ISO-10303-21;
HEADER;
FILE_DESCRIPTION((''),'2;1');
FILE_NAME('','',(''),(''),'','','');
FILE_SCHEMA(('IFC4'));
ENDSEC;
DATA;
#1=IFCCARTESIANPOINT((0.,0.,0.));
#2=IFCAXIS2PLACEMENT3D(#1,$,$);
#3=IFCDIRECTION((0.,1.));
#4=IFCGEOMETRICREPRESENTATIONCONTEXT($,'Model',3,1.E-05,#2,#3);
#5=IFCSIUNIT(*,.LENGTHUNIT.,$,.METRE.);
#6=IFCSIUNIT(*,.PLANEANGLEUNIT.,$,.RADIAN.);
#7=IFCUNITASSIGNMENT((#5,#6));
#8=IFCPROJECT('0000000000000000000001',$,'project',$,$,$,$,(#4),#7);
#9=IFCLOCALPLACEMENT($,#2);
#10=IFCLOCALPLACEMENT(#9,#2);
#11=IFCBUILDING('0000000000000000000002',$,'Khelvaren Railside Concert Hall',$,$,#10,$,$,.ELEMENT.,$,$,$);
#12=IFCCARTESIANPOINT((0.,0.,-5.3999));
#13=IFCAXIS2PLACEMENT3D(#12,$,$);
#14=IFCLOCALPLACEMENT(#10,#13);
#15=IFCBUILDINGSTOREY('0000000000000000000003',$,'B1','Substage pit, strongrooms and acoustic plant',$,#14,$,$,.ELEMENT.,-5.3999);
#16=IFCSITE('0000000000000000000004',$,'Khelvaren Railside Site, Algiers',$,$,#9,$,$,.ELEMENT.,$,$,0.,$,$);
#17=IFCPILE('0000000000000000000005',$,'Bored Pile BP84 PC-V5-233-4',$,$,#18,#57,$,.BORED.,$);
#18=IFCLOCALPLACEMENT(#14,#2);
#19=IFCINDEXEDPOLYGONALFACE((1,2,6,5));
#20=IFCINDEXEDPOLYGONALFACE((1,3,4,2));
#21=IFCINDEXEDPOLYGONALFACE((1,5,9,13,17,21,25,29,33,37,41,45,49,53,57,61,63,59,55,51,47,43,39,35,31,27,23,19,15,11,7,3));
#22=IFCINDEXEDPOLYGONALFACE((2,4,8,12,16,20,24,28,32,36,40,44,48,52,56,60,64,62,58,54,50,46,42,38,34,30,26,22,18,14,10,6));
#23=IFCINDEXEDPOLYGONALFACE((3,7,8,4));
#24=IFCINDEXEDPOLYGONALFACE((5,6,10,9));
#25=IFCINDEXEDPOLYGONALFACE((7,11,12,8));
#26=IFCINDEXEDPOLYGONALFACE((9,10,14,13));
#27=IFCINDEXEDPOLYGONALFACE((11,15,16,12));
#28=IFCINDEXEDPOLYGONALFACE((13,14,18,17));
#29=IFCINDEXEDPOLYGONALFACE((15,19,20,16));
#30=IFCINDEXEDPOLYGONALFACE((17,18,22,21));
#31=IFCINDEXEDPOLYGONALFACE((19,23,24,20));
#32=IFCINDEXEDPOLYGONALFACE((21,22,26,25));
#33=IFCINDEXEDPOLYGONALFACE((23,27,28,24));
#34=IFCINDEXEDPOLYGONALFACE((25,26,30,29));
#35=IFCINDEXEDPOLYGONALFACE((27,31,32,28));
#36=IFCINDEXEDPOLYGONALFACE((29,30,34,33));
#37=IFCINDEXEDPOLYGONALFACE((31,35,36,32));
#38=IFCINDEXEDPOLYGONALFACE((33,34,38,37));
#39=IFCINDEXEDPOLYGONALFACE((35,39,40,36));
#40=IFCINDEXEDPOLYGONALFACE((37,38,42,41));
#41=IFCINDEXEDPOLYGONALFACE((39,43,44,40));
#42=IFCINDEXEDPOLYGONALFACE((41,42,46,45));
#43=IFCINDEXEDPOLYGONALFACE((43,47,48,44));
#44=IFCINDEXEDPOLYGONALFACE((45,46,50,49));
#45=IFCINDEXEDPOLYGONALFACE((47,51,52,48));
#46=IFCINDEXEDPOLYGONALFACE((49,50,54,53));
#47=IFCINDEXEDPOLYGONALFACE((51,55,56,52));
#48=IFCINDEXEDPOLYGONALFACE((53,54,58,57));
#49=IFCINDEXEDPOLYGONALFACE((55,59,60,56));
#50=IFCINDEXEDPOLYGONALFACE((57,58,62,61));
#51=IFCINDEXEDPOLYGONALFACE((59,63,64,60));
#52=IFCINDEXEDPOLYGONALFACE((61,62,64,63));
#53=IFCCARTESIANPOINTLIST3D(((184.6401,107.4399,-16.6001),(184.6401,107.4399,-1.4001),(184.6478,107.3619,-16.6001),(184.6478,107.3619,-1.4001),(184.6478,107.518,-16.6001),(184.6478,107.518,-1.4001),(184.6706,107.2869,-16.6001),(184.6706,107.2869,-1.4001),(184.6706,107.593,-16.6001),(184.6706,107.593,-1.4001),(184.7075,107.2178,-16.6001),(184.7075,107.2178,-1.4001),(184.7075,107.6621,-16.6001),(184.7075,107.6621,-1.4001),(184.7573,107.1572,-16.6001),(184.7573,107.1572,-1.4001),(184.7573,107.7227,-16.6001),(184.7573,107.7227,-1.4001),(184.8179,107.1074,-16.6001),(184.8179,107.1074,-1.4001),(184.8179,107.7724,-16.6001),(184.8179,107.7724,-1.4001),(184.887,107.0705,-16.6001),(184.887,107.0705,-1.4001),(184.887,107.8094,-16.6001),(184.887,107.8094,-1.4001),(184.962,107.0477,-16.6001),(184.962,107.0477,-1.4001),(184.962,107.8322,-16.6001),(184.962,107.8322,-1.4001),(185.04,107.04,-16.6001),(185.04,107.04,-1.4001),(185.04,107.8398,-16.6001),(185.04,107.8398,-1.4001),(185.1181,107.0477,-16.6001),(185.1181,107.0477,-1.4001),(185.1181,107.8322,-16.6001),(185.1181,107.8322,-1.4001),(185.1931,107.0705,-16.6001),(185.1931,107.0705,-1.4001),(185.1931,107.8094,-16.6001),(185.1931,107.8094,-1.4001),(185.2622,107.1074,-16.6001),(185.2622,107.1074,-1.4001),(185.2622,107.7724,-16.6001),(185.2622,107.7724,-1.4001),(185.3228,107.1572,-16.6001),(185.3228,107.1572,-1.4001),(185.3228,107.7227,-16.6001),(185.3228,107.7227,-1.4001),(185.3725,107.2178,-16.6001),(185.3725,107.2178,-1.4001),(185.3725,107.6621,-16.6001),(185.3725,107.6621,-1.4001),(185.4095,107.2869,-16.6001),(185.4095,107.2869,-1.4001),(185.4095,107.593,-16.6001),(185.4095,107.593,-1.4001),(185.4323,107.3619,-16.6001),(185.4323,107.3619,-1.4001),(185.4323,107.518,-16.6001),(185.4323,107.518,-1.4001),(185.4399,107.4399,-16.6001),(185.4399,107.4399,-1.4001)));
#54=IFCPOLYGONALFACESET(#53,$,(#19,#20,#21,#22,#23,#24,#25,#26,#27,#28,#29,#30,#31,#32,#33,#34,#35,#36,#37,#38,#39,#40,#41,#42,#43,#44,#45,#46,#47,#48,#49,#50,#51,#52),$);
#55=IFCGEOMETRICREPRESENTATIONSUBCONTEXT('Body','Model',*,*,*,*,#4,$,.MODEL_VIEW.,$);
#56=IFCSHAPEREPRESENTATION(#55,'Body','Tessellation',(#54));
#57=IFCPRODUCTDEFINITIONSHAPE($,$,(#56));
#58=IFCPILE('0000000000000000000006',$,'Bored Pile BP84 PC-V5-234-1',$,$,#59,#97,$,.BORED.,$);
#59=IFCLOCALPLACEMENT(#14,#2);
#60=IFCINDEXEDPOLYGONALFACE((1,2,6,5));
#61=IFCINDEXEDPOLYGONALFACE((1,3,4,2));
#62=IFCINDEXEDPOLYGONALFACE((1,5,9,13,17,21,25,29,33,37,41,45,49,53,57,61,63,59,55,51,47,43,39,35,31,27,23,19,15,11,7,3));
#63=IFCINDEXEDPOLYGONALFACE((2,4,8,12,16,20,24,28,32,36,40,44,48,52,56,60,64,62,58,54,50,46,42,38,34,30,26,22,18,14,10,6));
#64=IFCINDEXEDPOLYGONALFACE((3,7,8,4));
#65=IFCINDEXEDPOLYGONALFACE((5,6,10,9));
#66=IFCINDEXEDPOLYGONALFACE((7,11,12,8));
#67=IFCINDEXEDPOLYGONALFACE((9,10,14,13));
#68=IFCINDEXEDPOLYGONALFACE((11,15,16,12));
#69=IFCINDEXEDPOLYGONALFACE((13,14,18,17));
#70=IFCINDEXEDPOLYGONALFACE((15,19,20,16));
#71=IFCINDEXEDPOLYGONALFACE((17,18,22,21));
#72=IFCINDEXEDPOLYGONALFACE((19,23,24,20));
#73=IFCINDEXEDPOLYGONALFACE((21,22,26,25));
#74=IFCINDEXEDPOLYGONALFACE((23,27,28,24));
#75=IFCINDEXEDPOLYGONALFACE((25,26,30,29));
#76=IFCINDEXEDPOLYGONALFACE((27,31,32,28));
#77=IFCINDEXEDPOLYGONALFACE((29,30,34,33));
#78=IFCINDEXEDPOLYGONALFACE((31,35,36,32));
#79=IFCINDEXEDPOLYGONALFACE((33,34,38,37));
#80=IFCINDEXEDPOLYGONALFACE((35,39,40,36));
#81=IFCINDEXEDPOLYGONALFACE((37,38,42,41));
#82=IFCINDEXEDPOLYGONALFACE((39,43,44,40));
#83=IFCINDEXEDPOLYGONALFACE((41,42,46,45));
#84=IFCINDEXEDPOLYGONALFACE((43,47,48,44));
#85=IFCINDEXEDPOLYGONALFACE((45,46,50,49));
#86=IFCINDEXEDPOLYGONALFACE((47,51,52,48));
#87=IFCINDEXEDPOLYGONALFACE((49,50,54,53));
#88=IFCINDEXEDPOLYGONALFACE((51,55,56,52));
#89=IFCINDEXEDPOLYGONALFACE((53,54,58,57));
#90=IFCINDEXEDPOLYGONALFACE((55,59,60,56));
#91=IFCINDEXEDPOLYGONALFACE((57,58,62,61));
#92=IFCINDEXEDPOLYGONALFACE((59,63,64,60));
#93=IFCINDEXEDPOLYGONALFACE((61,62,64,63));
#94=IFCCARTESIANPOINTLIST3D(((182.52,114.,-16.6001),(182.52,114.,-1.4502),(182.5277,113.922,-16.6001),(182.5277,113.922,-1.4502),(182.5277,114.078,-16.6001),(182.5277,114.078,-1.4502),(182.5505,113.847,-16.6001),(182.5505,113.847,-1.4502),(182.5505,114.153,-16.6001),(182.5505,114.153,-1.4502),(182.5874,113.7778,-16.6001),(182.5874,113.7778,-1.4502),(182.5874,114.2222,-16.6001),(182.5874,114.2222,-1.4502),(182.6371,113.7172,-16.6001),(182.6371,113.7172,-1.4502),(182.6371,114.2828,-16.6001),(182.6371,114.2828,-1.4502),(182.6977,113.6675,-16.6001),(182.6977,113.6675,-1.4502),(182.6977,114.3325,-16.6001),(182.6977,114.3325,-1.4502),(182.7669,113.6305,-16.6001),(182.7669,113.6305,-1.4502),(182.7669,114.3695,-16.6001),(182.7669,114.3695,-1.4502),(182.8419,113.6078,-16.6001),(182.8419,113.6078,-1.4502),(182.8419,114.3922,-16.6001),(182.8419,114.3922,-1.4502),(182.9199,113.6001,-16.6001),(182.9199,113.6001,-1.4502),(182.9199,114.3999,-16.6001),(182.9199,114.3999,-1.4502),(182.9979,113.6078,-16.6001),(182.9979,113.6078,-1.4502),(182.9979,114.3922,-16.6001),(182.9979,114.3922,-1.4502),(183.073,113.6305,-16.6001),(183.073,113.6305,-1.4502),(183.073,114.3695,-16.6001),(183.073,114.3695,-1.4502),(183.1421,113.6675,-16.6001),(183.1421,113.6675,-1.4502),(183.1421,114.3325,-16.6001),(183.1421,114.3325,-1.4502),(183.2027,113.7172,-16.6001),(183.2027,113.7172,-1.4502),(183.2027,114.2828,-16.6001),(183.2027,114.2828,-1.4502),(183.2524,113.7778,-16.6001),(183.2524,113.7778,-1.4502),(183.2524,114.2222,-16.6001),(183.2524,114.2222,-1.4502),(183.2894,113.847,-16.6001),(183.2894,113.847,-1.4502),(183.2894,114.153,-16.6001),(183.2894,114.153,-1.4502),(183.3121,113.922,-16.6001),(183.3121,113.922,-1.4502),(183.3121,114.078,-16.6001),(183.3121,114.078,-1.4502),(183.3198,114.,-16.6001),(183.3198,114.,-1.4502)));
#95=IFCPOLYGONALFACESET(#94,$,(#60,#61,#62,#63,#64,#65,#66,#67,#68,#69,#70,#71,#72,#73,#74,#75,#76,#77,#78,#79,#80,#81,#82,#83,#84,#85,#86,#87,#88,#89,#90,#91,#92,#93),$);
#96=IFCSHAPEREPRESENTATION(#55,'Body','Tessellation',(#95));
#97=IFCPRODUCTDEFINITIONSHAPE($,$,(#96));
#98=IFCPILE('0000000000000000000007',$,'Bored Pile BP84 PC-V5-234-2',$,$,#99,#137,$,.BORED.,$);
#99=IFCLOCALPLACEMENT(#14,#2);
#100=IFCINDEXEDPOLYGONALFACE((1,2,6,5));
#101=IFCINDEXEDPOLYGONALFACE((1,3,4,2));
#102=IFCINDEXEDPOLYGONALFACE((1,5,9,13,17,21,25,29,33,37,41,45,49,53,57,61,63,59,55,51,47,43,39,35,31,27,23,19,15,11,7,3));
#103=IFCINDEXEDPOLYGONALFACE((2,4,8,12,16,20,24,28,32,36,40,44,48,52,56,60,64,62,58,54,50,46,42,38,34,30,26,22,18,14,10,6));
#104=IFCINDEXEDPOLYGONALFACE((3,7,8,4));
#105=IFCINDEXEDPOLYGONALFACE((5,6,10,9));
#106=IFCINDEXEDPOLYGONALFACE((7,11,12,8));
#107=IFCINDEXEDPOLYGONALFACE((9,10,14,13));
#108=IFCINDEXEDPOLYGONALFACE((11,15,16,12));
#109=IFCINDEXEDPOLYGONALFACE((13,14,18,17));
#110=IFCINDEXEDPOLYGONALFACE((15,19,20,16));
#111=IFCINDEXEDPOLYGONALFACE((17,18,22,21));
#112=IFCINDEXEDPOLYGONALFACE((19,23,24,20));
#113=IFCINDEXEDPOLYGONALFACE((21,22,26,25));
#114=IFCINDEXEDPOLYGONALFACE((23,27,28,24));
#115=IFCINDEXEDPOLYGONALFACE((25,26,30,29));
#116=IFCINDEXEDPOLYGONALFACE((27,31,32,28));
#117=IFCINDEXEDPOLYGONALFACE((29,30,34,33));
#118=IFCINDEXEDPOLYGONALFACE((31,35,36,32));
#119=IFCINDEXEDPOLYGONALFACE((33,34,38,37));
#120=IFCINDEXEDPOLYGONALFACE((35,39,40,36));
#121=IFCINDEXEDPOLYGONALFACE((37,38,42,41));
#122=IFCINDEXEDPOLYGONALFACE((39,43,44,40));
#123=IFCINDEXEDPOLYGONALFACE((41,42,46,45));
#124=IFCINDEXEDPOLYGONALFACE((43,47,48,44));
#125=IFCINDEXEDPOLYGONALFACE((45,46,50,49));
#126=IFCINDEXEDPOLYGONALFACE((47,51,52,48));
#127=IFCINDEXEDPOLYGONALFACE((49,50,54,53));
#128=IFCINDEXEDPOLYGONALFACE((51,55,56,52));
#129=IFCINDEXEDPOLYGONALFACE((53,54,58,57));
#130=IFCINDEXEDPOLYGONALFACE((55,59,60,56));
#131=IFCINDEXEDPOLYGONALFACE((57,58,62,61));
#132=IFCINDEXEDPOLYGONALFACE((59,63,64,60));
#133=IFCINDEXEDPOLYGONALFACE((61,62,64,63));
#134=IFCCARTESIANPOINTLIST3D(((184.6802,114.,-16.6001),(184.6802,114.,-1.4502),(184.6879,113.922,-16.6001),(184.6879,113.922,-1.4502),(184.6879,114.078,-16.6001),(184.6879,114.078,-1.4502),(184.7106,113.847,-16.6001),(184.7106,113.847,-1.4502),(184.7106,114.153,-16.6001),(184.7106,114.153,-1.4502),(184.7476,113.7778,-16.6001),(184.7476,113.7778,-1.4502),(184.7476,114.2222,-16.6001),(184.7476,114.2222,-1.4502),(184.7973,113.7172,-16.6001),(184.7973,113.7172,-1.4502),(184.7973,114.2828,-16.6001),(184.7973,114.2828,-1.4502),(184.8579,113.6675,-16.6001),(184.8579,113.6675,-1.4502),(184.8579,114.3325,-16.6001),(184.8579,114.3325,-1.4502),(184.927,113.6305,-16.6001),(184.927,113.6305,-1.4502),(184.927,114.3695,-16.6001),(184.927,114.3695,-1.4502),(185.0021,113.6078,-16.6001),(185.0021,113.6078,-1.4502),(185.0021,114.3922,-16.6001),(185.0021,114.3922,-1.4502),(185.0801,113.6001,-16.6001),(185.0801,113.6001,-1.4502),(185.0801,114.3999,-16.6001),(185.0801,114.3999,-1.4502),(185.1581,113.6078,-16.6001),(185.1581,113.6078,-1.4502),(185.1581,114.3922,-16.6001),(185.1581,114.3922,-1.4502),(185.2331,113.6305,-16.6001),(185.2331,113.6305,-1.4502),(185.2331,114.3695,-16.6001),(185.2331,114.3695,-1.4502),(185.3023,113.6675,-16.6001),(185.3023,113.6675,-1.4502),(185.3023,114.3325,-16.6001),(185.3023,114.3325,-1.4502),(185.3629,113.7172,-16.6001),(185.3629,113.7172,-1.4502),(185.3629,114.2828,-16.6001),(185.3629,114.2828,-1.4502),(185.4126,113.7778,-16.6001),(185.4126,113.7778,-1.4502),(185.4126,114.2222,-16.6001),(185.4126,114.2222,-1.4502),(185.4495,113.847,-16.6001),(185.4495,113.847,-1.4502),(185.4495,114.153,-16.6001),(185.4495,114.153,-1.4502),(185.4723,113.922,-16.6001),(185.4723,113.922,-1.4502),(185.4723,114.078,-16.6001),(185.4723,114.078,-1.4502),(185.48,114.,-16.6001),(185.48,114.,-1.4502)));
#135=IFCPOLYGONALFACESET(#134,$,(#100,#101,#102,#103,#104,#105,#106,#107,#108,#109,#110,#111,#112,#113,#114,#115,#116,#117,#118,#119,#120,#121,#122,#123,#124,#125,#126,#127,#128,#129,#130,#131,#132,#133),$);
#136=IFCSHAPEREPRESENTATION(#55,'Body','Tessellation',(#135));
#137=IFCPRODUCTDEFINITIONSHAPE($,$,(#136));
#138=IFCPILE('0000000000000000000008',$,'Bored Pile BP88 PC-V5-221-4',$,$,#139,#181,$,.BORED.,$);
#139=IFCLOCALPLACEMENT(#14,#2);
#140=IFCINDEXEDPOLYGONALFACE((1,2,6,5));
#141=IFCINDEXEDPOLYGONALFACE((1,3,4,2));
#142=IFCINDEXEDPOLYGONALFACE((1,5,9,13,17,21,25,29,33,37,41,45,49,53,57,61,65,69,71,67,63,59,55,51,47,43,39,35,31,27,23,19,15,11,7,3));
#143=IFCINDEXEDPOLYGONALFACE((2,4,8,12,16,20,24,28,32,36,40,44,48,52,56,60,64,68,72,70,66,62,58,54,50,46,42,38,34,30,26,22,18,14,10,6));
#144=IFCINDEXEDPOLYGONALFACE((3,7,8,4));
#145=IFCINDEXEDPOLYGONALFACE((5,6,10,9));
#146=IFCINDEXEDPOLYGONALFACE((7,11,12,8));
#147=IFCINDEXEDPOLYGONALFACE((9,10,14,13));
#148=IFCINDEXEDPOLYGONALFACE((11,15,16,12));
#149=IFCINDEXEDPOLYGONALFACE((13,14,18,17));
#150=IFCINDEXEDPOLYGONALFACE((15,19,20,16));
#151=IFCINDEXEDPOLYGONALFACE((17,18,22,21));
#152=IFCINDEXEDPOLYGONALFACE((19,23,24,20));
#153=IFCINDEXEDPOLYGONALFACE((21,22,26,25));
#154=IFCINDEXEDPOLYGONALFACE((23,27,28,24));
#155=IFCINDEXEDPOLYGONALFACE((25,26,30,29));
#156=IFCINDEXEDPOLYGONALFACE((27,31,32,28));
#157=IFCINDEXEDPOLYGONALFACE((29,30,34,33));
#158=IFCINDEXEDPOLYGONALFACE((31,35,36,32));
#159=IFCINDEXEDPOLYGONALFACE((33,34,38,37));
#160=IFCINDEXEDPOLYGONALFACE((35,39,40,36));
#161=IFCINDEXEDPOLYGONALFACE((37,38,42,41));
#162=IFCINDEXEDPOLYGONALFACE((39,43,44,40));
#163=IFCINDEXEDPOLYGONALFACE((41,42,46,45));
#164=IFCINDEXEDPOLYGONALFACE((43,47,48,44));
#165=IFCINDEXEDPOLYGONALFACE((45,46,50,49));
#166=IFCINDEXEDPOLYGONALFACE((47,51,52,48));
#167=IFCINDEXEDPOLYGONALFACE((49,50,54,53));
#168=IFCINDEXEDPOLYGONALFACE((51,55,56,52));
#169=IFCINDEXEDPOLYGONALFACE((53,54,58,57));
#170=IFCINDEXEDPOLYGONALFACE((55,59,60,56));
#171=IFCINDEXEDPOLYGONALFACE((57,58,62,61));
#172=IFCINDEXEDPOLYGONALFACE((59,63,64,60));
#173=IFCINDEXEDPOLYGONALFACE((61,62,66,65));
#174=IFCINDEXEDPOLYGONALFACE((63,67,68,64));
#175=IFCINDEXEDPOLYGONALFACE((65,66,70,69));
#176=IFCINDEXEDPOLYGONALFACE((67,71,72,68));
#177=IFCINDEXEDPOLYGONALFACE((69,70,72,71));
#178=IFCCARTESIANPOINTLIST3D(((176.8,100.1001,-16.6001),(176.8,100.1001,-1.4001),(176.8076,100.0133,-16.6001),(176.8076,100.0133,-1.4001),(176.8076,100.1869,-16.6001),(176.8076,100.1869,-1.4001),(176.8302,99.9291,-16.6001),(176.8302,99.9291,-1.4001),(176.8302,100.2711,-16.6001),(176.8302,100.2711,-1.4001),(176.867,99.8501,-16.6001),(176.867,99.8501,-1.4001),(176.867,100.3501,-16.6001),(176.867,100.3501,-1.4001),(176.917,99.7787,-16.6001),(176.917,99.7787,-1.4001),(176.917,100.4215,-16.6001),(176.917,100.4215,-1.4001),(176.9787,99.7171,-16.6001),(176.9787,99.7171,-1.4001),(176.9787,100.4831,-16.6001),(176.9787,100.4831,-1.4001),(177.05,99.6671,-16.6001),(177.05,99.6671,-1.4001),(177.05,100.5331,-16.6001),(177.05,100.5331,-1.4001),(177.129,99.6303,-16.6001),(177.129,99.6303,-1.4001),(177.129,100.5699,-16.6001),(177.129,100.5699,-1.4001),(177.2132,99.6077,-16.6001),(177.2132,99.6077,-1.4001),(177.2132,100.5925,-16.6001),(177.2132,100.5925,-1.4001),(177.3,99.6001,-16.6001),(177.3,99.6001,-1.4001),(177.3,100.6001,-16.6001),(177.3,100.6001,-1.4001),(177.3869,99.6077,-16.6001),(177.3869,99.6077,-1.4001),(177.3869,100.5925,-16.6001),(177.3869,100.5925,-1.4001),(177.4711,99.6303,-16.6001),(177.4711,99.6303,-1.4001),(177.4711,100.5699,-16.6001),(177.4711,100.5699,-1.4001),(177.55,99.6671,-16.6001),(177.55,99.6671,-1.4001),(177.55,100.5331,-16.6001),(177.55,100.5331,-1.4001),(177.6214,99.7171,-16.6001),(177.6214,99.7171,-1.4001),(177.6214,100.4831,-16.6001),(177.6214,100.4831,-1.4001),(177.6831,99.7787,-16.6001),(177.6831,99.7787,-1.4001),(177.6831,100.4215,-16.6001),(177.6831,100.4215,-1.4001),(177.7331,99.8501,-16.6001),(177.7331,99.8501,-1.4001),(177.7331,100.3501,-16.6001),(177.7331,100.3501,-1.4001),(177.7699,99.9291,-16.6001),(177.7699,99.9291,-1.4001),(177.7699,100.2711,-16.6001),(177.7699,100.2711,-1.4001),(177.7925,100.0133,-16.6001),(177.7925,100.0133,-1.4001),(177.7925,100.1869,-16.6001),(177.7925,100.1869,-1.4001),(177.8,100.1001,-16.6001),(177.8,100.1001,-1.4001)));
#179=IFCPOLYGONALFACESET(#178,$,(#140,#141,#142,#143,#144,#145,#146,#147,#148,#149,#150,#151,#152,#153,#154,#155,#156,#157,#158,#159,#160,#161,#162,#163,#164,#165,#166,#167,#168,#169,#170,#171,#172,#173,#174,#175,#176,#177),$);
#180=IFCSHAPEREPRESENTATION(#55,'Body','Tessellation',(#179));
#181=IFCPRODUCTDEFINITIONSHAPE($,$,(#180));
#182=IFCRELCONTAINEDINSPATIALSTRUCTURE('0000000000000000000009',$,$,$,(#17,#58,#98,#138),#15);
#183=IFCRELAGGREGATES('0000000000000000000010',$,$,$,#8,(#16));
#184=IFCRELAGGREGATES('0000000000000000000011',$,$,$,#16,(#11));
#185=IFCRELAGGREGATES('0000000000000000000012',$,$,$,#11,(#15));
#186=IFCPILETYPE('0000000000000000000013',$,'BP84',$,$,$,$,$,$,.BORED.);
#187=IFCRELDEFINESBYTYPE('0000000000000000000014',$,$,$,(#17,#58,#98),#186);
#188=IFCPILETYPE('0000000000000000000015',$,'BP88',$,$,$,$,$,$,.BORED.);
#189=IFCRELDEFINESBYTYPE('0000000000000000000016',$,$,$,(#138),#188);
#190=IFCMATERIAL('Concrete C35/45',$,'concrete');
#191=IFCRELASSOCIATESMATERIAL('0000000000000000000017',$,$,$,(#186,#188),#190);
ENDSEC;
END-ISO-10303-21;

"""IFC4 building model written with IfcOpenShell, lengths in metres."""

from ifc_helpers import new_model, si_unit, direction, frame, origin, origin_2d, place, context, subcontext, project, spatial, circle, extrude, material, material_profile, profile_set, type_object, element, save


model = new_model("IFC4")

# Units and contexts
model_context = context("Model", 3, precision=1e-05, world=origin(), true_north=direction((0.0, 1.0)))
body_context = subcontext(model_context, "Body", "Model", "MODEL_VIEW")
ifc_project = project(units=[si_unit("LENGTHUNIT", "METRE"), si_unit("PLANEANGLEUNIT", "RADIAN")], contexts=[model_context])

# Site, building, storey
site_placement = place(None, origin())
site = spatial("IfcSite", under=ifc_project, at=site_placement, Name="Khelvaren Railside Site, Algiers", CompositionType="ELEMENT", RefElevation=0.0)
building_placement = place(site_placement, origin())
building = spatial("IfcBuilding", under=site, at=building_placement, Name="Khelvaren Railside Concert Hall", CompositionType="ELEMENT")
storey_placement = place(building_placement, frame((0.0, 0.0, -5.3999)))
storey = spatial("IfcBuildingStorey", under=building, at=storey_placement, Name="B1", Description="Substage pit, strongrooms and acoustic plant", CompositionType="ELEMENT", Elevation=-5.3999)

# Piles
ifc_material_1 = material(Name="Concrete C35/45", Category="concrete")
ifc_material_profile_1 = material_profile(ifc_material_1, circle(Radius=0.3999, at=origin_2d()), Name="BP D800")
ifc_profile_set_1 = profile_set([ifc_material_profile_1], Name="Concrete C35/45")
pile_type_1 = type_object("IfcPileType", Name="BP84", PredefinedType="BORED", material=ifc_profile_set_1)
for number, where, z_axis, x_axis, name in (
    (1, (185.04, 107.4399, -1.4001), (0.0, 0.0, -1.0), (1.0, 0.0, 0.0), "Bored Pile BP84 PC-V5-233-4"),
):
    element("IfcPile", number, at=place(storey_placement, frame(where, z_axis=z_axis, x_axis=x_axis)), inside=storey, type_object=pile_type_1, Name=name, PredefinedType="BORED", context=body_context, shape_type="SweptSolid", body=[
        extrude(circle(Radius=0.3999, at=origin_2d()), origin(), (0.0, 0.0, 1.0), 15.2),
    ])
for number, where, z_axis, x_axis, name in (
    (2, (182.9199, 114.0, -1.4502), (0.0, 0.0, -1.0), (1.0, 0.0, 0.0), "Bored Pile BP84 PC-V5-234-1"),
    (3, (185.0801, 114.0, -1.4502), (0.0, 0.0, -1.0), (1.0, 0.0, 0.0), "Bored Pile BP84 PC-V5-234-2"),
):
    element("IfcPile", number, at=place(storey_placement, frame(where, z_axis=z_axis, x_axis=x_axis)), inside=storey, type_object=pile_type_1, Name=name, PredefinedType="BORED", context=body_context, shape_type="SweptSolid", body=[
        extrude(circle(Radius=0.3999, at=origin_2d()), origin(), (0.0, 0.0, 1.0), 15.1499),
    ])
ifc_material_profile_2 = material_profile(ifc_material_1, circle(Radius=0.5, at=origin_2d()), Name="BP D1000")
ifc_profile_set_2 = profile_set([ifc_material_profile_2], Name="Concrete C35/45")
pile_type_2 = type_object("IfcPileType", Name="BP88", PredefinedType="BORED", material=ifc_profile_set_2)
pile_1_placement = place(storey_placement, frame((177.3, 100.1001, -1.4001), z_axis=(0.0, 0.0, -1.0), x_axis=(1.0, 0.0, 0.0)))
element("IfcPile", 4, at=pile_1_placement, inside=storey, type_object=pile_type_2, Name="Bored Pile BP88 PC-V5-221-4", PredefinedType="BORED", context=body_context, shape_type="SweptSolid", body=[
    extrude(circle(Radius=0.5, at=origin_2d()), origin(), (0.0, 0.0, 1.0), 15.2),
])

save(model, "model.ifc")
